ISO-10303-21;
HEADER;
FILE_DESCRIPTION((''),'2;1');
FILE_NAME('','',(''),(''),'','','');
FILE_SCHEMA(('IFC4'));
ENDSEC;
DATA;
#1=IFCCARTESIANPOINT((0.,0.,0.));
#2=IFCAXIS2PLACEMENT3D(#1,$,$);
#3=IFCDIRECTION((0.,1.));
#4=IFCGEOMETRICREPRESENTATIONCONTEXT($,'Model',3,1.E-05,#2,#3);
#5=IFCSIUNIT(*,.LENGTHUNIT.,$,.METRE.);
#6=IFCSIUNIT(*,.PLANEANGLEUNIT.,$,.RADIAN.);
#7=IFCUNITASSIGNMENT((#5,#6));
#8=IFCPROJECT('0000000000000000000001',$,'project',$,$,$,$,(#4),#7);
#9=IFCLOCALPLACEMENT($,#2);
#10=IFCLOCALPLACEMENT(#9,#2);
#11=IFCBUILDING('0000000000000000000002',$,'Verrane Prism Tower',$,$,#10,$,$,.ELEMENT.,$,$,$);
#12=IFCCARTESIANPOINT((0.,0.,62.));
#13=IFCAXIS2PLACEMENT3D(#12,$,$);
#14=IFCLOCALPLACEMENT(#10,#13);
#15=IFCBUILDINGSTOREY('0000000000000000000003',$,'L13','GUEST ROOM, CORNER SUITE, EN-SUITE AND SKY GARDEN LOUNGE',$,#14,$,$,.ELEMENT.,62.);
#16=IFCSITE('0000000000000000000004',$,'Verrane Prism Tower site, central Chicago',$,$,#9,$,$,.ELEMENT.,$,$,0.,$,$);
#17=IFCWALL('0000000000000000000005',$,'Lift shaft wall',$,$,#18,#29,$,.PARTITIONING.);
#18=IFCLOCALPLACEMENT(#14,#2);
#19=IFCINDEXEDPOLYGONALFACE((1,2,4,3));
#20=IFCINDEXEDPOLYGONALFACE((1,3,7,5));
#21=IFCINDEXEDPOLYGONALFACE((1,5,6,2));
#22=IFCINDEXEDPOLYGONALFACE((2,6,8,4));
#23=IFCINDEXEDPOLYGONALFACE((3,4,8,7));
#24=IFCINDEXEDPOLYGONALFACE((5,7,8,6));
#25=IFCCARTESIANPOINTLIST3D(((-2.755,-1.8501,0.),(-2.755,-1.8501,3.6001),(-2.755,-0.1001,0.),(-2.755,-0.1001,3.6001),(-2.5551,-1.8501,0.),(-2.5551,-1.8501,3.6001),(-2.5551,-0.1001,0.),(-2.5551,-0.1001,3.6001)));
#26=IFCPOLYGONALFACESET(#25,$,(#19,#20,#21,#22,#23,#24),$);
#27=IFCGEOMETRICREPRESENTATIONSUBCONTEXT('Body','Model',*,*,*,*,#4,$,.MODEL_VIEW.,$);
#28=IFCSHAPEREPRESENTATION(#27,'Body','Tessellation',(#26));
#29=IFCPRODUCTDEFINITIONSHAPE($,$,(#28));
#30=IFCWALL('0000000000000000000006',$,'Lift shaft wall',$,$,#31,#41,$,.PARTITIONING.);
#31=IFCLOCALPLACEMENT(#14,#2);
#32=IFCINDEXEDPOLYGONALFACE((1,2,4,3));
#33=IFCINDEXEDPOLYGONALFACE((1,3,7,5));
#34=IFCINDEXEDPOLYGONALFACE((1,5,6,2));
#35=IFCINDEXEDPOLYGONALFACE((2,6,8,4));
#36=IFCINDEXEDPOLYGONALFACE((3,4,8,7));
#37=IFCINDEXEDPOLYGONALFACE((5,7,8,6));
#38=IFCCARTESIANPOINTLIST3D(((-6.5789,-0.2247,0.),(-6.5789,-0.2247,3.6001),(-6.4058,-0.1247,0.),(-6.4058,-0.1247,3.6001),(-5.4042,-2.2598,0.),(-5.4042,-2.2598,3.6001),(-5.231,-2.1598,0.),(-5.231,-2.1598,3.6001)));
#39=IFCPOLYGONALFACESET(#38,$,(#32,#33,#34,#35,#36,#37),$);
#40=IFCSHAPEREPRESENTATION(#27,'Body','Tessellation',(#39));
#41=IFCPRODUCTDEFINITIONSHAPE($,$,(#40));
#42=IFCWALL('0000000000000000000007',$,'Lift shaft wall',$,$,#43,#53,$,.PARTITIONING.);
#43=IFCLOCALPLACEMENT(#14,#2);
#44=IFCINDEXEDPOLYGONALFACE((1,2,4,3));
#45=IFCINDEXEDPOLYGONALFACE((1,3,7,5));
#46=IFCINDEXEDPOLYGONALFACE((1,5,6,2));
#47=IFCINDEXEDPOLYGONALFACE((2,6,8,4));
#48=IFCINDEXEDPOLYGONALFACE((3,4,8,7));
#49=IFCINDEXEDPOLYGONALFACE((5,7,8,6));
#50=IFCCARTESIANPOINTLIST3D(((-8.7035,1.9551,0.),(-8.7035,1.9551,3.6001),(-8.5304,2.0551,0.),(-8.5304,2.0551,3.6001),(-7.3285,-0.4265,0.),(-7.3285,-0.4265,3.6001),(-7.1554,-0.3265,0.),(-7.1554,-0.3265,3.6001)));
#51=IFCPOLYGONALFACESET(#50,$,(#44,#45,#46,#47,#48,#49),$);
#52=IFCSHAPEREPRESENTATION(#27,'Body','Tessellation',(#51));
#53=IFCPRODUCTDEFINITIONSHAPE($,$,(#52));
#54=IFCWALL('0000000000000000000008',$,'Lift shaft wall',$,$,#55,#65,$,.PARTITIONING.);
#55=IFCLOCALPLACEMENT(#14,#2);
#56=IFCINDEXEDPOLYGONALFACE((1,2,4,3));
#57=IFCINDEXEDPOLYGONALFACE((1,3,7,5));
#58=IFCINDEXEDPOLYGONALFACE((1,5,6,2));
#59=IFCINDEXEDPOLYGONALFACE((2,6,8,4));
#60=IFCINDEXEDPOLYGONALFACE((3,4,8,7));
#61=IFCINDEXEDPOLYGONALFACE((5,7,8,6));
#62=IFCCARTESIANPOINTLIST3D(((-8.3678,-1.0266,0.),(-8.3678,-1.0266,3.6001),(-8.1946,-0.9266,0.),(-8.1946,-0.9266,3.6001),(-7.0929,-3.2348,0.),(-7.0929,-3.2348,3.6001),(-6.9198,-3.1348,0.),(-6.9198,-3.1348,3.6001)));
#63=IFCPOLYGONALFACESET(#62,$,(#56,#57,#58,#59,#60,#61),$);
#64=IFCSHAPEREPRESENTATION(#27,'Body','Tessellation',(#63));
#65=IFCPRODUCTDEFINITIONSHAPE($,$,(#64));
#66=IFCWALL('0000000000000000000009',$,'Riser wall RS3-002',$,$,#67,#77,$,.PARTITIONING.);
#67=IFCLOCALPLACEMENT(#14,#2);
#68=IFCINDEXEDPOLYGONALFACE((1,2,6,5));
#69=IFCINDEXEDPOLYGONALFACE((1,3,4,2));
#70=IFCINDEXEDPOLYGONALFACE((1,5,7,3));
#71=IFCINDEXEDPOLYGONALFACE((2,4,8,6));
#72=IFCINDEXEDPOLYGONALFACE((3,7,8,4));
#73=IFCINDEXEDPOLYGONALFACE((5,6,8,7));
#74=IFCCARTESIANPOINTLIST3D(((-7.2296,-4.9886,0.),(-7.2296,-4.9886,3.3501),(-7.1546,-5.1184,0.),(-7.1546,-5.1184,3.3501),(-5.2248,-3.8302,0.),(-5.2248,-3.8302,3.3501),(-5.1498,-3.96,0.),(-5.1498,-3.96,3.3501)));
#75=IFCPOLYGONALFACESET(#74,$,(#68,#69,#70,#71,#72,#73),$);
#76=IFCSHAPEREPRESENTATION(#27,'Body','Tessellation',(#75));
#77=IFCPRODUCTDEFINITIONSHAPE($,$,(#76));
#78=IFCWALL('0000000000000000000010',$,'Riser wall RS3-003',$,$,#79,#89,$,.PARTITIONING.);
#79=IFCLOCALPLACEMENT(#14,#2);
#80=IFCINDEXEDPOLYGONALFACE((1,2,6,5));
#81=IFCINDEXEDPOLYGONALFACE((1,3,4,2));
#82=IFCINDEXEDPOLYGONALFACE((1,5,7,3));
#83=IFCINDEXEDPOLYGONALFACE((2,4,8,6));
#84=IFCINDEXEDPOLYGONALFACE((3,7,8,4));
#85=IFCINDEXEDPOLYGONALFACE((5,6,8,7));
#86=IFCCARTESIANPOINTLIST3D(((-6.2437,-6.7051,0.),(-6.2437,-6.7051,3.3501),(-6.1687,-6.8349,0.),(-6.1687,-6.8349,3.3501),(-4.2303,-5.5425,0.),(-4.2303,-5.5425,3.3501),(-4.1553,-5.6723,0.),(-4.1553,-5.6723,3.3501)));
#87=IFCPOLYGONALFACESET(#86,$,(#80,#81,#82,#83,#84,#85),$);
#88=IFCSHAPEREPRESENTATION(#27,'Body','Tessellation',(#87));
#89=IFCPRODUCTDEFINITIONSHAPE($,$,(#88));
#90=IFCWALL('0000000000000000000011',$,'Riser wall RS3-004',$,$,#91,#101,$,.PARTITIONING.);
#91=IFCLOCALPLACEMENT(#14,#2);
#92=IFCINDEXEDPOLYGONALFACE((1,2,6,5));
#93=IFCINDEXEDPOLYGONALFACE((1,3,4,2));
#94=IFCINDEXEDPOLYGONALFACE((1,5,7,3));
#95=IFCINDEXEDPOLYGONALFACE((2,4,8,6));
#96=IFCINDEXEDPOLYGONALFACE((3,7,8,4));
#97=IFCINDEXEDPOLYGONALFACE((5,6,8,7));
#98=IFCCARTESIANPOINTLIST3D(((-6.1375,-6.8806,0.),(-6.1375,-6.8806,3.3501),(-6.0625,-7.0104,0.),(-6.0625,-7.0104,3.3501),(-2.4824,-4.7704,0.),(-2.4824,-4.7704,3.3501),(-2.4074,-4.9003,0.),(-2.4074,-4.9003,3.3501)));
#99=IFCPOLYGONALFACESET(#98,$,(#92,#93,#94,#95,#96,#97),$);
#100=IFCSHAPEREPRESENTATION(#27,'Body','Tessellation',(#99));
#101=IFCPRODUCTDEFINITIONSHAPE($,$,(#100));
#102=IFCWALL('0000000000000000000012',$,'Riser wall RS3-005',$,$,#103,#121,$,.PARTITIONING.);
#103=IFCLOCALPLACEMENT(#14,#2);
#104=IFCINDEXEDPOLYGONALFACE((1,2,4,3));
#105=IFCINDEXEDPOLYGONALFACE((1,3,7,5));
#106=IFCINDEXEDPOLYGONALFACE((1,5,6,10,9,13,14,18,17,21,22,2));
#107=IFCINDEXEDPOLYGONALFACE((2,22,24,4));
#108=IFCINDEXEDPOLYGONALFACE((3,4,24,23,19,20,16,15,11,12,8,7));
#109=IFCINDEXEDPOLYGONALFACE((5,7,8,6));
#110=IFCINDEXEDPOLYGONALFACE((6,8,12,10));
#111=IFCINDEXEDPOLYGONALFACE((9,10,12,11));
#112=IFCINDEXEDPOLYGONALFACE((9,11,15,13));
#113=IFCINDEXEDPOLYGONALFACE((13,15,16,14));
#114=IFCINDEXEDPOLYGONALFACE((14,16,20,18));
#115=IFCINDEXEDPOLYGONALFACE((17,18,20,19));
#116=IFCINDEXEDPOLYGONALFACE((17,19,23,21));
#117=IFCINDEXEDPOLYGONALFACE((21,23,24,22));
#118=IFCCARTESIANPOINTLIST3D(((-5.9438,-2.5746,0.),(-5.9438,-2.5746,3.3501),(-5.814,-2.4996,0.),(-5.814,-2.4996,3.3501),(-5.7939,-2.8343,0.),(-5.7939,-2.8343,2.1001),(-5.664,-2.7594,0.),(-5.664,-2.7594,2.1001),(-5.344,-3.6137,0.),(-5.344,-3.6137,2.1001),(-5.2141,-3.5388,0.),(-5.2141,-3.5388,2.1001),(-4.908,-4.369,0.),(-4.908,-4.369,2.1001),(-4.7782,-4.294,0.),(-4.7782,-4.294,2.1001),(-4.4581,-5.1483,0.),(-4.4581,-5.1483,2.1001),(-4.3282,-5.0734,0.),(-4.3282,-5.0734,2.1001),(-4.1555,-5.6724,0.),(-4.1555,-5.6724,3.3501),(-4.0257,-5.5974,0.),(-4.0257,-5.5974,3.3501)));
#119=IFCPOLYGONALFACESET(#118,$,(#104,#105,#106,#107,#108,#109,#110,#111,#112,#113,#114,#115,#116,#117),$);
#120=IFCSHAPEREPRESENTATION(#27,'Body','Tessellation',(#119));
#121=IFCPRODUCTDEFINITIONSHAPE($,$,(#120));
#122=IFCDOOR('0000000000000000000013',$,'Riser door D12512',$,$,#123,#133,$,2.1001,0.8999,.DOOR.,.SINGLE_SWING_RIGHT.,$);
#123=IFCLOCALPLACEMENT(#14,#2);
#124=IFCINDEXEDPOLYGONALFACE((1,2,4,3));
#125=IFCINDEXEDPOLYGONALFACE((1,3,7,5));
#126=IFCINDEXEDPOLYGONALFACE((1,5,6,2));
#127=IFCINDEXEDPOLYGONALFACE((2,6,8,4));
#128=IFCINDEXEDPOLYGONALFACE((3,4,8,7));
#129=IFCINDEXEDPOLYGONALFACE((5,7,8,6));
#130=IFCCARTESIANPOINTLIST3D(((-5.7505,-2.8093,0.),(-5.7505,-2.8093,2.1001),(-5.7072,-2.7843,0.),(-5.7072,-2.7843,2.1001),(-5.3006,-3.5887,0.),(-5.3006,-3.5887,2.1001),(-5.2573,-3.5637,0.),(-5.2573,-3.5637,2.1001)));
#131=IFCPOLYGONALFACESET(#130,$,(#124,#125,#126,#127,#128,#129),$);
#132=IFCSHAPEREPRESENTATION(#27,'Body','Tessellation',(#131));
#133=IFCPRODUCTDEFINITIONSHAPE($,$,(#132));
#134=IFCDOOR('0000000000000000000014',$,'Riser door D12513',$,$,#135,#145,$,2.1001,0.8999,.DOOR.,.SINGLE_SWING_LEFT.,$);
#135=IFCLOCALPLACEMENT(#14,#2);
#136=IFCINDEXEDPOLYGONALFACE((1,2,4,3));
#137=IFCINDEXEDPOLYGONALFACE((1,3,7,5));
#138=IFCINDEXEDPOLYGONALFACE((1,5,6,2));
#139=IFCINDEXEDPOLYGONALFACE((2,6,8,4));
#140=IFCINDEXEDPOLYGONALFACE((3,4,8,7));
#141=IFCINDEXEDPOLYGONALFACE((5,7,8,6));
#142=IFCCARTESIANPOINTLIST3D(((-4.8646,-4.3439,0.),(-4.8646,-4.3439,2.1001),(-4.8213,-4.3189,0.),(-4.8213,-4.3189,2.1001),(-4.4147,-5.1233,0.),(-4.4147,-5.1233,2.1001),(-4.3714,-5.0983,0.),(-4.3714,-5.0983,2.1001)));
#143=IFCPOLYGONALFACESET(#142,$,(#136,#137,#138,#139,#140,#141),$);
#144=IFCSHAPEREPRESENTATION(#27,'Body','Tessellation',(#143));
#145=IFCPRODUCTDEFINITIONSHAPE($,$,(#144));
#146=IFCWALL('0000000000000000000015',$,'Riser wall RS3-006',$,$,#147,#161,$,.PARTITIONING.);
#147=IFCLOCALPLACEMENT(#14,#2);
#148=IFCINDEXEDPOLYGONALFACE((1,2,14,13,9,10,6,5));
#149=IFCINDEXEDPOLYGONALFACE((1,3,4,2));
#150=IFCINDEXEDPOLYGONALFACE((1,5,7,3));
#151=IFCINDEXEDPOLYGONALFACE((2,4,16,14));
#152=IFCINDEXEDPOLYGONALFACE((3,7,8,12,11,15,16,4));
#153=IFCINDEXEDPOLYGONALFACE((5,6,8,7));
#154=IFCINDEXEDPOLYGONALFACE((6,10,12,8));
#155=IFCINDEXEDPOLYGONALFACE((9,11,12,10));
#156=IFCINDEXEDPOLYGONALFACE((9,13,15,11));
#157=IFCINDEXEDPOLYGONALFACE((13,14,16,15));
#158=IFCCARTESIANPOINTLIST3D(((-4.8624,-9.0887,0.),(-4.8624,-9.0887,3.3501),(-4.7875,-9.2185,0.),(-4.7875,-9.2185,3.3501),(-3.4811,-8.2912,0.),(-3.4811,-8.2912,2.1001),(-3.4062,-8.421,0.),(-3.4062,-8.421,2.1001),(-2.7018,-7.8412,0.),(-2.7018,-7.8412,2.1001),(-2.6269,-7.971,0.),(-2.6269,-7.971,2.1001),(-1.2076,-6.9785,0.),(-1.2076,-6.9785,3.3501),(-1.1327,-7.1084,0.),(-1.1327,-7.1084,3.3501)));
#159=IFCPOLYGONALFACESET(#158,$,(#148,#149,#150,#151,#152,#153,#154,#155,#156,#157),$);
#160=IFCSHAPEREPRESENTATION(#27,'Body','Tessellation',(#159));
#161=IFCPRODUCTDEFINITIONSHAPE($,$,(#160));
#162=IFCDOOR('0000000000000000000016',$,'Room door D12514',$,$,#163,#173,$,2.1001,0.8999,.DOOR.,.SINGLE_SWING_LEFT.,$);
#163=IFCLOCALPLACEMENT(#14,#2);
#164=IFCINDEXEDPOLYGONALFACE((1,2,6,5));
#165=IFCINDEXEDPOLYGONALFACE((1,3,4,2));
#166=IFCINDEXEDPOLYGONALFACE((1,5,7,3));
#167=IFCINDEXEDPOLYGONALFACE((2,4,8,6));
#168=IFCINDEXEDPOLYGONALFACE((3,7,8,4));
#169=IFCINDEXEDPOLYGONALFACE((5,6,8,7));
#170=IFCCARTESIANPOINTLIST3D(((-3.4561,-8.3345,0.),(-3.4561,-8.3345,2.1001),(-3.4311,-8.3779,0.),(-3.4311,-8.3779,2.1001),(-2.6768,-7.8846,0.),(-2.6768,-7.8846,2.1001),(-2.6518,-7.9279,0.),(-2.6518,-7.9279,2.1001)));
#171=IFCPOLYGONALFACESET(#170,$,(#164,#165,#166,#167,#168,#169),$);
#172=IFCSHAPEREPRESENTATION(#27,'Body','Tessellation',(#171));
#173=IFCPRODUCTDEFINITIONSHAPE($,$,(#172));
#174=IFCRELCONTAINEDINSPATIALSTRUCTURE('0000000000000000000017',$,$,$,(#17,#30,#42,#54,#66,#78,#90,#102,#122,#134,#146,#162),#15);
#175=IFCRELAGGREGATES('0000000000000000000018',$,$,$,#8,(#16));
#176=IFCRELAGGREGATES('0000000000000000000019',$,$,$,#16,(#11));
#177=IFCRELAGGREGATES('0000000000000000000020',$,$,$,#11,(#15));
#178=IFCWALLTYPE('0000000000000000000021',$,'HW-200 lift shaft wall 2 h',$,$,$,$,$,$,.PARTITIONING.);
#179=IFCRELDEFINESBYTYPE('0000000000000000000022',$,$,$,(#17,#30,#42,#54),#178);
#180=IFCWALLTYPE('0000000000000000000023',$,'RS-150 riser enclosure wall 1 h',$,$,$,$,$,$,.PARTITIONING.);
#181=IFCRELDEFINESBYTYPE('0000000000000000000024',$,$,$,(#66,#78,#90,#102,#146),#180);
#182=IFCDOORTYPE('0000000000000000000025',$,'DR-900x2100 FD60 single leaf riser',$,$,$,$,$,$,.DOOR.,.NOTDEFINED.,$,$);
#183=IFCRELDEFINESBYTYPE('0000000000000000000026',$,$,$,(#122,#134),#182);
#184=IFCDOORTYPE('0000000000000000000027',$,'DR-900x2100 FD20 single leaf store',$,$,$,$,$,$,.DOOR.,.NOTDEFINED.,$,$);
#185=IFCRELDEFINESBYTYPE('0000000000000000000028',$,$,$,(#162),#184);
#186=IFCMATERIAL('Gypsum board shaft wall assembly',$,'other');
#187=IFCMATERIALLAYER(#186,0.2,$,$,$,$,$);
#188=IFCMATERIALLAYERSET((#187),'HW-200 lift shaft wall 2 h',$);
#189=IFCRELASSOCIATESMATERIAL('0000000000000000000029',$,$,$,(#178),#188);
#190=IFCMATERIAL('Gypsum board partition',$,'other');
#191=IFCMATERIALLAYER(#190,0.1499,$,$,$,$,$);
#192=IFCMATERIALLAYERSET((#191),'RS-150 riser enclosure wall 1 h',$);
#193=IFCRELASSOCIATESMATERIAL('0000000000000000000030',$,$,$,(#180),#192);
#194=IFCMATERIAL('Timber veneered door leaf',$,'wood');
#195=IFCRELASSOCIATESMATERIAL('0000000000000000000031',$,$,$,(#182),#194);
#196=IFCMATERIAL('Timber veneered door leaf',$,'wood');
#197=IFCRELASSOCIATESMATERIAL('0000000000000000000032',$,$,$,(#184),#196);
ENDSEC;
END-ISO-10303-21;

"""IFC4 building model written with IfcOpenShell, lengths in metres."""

from ifc_helpers import new_model, si_unit, direction, frame, frame_2d, origin, place, context, subcontext, project, spatial, rectangle, extrude, material, layer, layer_set, type_object, element, fill, save


model = new_model("IFC4")

# Units and contexts
model_context = context("Model", 3, precision=1e-05, world=origin(), true_north=direction((0.0, 1.0)))
body_context = subcontext(model_context, "Body", "Model", "MODEL_VIEW")
ifc_project = project(units=[si_unit("LENGTHUNIT", "METRE"), si_unit("PLANEANGLEUNIT", "RADIAN")], contexts=[model_context])

# Site, building, storey
site_placement = place(None, origin())
site = spatial("IfcSite", under=ifc_project, at=site_placement, Name="Verrane Prism Tower site, central Chicago", CompositionType="ELEMENT", RefElevation=0.0)
building_placement = place(site_placement, origin())
building = spatial("IfcBuilding", under=site, at=building_placement, Name="Verrane Prism Tower", CompositionType="ELEMENT")
storey_placement = place(building_placement, frame((0.0, 0.0, 62.0)))
storey = spatial("IfcBuildingStorey", under=building, at=storey_placement, Name="L13", Description="GUEST ROOM, CORNER SUITE, EN-SUITE AND SKY GARDEN LOUNGE", CompositionType="ELEMENT", Elevation=62.0)

# Shared definitions
ifc_material_1 = material(Name="Gypsum board shaft wall assembly", Category="other")
ifc_layer_1 = layer(ifc_material_1, 0.2)
ifc_layer_set_1 = layer_set([ifc_layer_1], Name="HW-200 lift shaft wall 2 h")
wall_type_1 = type_object("IfcWallType", Name="HW-200 lift shaft wall 2 h", PredefinedType="PARTITIONING", material=ifc_layer_set_1)

# Walls
for number, where, z_axis, x_axis, name in (
    (1, (-2.655, -1.8501, 0.0), (0.0, 0.0, 1.0), (0.0, 1.0, 0.0), "Lift shaft wall"),
):
    element("IfcWall", number, at=place(storey_placement, frame(where, z_axis=z_axis, x_axis=x_axis)), inside=storey, type_object=wall_type_1, Name=name, PredefinedType="PARTITIONING", context=body_context, shape_type="SweptSolid", body=[
        extrude(rectangle(XDim=1.75, YDim=0.2, at=frame_2d((0.875, 0.0))), origin(), (0.0, 0.0, 1.0), 3.6001),
    ])
wall_1_placement = place(storey_placement, frame((-5.3176, -2.2097, 0.0), z_axis=(0.0, 0.0, 1.0), x_axis=(-0.499938, 0.866061, 0.0)))
element("IfcWall", 2, at=wall_1_placement, inside=storey, type_object=wall_type_1, Name="Lift shaft wall", PredefinedType="PARTITIONING", context=body_context, shape_type="SweptSolid", body=[
    extrude(rectangle(XDim=2.3499, YDim=0.2, at=frame_2d((1.1748, 0.0))), origin(), (0.0, 0.0, 1.0), 3.6001),
])
wall_2_placement = place(storey_placement, frame((-7.2419, -0.3765, 0.0), z_axis=(0.0, 0.0, 1.0), x_axis=(-0.499997, 0.866027, 0.0)))
element("IfcWall", 3, at=wall_2_placement, inside=storey, type_object=wall_type_1, Name="Lift shaft wall", PredefinedType="PARTITIONING", context=body_context, shape_type="SweptSolid", body=[
    extrude(rectangle(XDim=2.75, YDim=0.2, at=frame_2d((1.375, 0.0))), origin(), (0.0, 0.0, 1.0), 3.6001),
])
wall_3_placement = place(storey_placement, frame((-7.0063, -3.1848, 0.0), z_axis=(0.0, 0.0, 1.0), x_axis=(-0.49999, 0.866031, 0.0)))
element("IfcWall", 4, at=wall_3_placement, inside=storey, type_object=wall_type_1, Name="Lift shaft wall", PredefinedType="PARTITIONING", context=body_context, shape_type="SweptSolid", body=[
    extrude(rectangle(XDim=2.5498, YDim=0.2, at=frame_2d((1.2749, 0.0))), origin(), (0.0, 0.0, 1.0), 3.6001),
])
ifc_material_2 = material(Name="Gypsum board partition", Category="other")
ifc_layer_2 = layer(ifc_material_2, 0.1499)
ifc_layer_set_2 = layer_set([ifc_layer_2], Name="RS-150 riser enclosure wall 1 h")
wall_type_2 = type_object("IfcWallType", Name="RS-150 riser enclosure wall 1 h", PredefinedType="PARTITIONING", material=ifc_layer_set_2)
wall_4_placement = place(storey_placement, frame((-7.1921, -5.0535, 0.0), z_axis=(0.0, 0.0, 1.0), x_axis=(0.865852, 0.5003, 0.0)))
element("IfcWall", 5, at=wall_4_placement, inside=storey, type_object=wall_type_2, Name="Riser wall RS3-002", PredefinedType="PARTITIONING", context=body_context, shape_type="SweptSolid", body=[
    extrude(rectangle(XDim=2.3154, YDim=0.1499, at=frame_2d((1.1577, 0.0))), origin(), (0.0, 0.0, 1.0), 3.3501),
])
wall_5_placement = place(storey_placement, frame((-6.2063, -6.77, 0.0), z_axis=(0.0, 0.0, 1.0), x_axis=(0.865998, 0.500047, 0.0)))
element("IfcWall", 6, at=wall_5_placement, inside=storey, type_object=wall_type_2, Name="Riser wall RS3-003", PredefinedType="PARTITIONING", context=body_context, shape_type="SweptSolid", body=[
    extrude(rectangle(XDim=2.325, YDim=0.1499, at=frame_2d((1.1626, 0.0))), origin(), (0.0, 0.0, 1.0), 3.3501),
])
wall_6_placement = place(storey_placement, frame((-6.1001, -6.9456, 0.0), z_axis=(0.0, 0.0, 1.0), x_axis=(0.866038, 0.499978, 0.0)))
element("IfcWall", 7, at=wall_6_placement, inside=storey, type_object=wall_type_2, Name="Riser wall RS3-004", PredefinedType="PARTITIONING", context=body_context, shape_type="SweptSolid", body=[
    extrude(rectangle(XDim=4.2205, YDim=0.1499, at=frame_2d((2.1104, 0.0))), origin(), (0.0, 0.0, 1.0), 3.3501),
])

# Wall, openings, doors
wall_7_placement = place(storey_placement, frame((-4.0906, -5.635, 0.0), z_axis=(0.0, 0.0, 1.0), x_axis=(-0.499949, 0.866055, 0.0)))
wall_7 = element("IfcWall", 8, at=wall_7_placement, inside=storey, type_object=wall_type_2, Name="Riser wall RS3-005", PredefinedType="PARTITIONING", context=body_context, shape_type="SweptSolid", body=[
    extrude(rectangle(XDim=3.5769, YDim=0.1499, at=frame_2d((1.7886, 0.0))), origin(), (0.0, 0.0, 1.0), 3.3501),
])
opening_1_placement = place(wall_7_placement, frame((2.3772, 0.0, 0.0)))
opening_1 = element("IfcOpeningElement", 9, at=opening_1_placement, cuts=wall_7, PredefinedType="OPENING", context=body_context, shape_type="SweptSolid", body=[
    extrude(rectangle(XDim=0.8999, YDim=2.1001, at=frame_2d((0.45, 1.05))), frame((0.0, 0.085, 0.0), z_axis=(0.0, -1.0, 0.0), x_axis=(1.0, 0.0, 0.0)), (0.0, 0.0, 1.0), 0.1699),
])
opening_2_placement = place(wall_7_placement, frame((0.6052, 0.0, 0.0)))
opening_2 = element("IfcOpeningElement", 10, at=opening_2_placement, cuts=wall_7, PredefinedType="OPENING", context=body_context, shape_type="SweptSolid", body=[
    extrude(rectangle(XDim=0.8999, YDim=2.1001, at=frame_2d((0.45, 1.05))), frame((0.0, 0.085, 0.0), z_axis=(0.0, -1.0, 0.0), x_axis=(1.0, 0.0, 0.0)), (0.0, 0.0, 1.0), 0.1699),
])
ifc_material_3 = material(Name="Timber veneered door leaf", Category="wood")
door_type_1 = type_object("IfcDoorType", Name="DR-900x2100 FD60 single leaf riser", OperationType="NOTDEFINED", PredefinedType="DOOR", material=ifc_material_3)
door_1_placement = place(opening_1_placement, origin())
door_1 = element("IfcDoor", 11, at=door_1_placement, inside=storey, type_object=door_type_1, Name="Riser door D12512", OperationType="SINGLE_SWING_RIGHT", OverallHeight=2.1001, OverallWidth=0.8999, PredefinedType="DOOR", context=body_context, shape_type="SweptSolid", body=[
    extrude(rectangle(XDim=0.8999, YDim=2.1001, at=frame_2d((0.45, 1.05))), frame((0.0, 0.0249, 0.0), z_axis=(0.0, -1.0, 0.0), x_axis=(1.0, 0.0, 0.0)), (0.0, 0.0, 1.0), 0.05),
])
fill(opening_1, door_1)
door_2_placement = place(opening_2_placement, origin())
door_2 = element("IfcDoor", 12, at=door_2_placement, inside=storey, type_object=door_type_1, Name="Riser door D12513", OperationType="SINGLE_SWING_LEFT", OverallHeight=2.1001, OverallWidth=0.8999, PredefinedType="DOOR", context=body_context, shape_type="SweptSolid", body=[
    extrude(rectangle(XDim=0.8999, YDim=2.1001, at=frame_2d((0.45, 1.05))), frame((0.0, 0.0249, 0.0), z_axis=(0.0, -1.0, 0.0), x_axis=(1.0, 0.0, 0.0)), (0.0, 0.0, 1.0), 0.05),
])
fill(opening_2, door_2)

# Wall, opening, door
wall_8_placement = place(storey_placement, frame((-4.825, -9.1536, 0.0), z_axis=(0.0, 0.0, 1.0), x_axis=(0.866024, 0.500003, 0.0)))
wall_8 = element("IfcWall", 13, at=wall_8_placement, inside=storey, type_object=wall_type_2, Name="Riser wall RS3-006", PredefinedType="PARTITIONING", context=body_context, shape_type="SweptSolid", body=[
    extrude(rectangle(XDim=4.2202, YDim=0.1499, at=frame_2d((2.1101, 0.0))), origin(), (0.0, 0.0, 1.0), 3.3501),
])
opening_3_placement = place(wall_8_placement, frame((1.595, 0.0, 0.0)))
opening_3 = element("IfcOpeningElement", 14, at=opening_3_placement, cuts=wall_8, PredefinedType="OPENING", context=body_context, shape_type="SweptSolid", body=[
    extrude(rectangle(XDim=0.8999, YDim=2.1001, at=frame_2d((0.45, 1.05))), frame((0.0, 0.085, 0.0), z_axis=(0.0, -1.0, 0.0), x_axis=(1.0, 0.0, 0.0)), (0.0, 0.0, 1.0), 0.1699),
])
ifc_material_4 = material(Name="Timber veneered door leaf", Category="wood")
door_type_2 = type_object("IfcDoorType", Name="DR-900x2100 FD20 single leaf store", OperationType="NOTDEFINED", PredefinedType="DOOR", material=ifc_material_4)
door_3_placement = place(opening_3_placement, origin())
door_3 = element("IfcDoor", 15, at=door_3_placement, inside=storey, type_object=door_type_2, Name="Room door D12514", OperationType="SINGLE_SWING_LEFT", OverallHeight=2.1001, OverallWidth=0.8999, PredefinedType="DOOR", context=body_context, shape_type="SweptSolid", body=[
    extrude(rectangle(XDim=0.8999, YDim=2.1001, at=frame_2d((0.45, 1.05))), frame((0.0, 0.0249, 0.0), z_axis=(0.0, -1.0, 0.0), x_axis=(1.0, 0.0, 0.0)), (0.0, 0.0, 1.0), 0.05),
])
fill(opening_3, door_3)

save(model, "model.ifc")
